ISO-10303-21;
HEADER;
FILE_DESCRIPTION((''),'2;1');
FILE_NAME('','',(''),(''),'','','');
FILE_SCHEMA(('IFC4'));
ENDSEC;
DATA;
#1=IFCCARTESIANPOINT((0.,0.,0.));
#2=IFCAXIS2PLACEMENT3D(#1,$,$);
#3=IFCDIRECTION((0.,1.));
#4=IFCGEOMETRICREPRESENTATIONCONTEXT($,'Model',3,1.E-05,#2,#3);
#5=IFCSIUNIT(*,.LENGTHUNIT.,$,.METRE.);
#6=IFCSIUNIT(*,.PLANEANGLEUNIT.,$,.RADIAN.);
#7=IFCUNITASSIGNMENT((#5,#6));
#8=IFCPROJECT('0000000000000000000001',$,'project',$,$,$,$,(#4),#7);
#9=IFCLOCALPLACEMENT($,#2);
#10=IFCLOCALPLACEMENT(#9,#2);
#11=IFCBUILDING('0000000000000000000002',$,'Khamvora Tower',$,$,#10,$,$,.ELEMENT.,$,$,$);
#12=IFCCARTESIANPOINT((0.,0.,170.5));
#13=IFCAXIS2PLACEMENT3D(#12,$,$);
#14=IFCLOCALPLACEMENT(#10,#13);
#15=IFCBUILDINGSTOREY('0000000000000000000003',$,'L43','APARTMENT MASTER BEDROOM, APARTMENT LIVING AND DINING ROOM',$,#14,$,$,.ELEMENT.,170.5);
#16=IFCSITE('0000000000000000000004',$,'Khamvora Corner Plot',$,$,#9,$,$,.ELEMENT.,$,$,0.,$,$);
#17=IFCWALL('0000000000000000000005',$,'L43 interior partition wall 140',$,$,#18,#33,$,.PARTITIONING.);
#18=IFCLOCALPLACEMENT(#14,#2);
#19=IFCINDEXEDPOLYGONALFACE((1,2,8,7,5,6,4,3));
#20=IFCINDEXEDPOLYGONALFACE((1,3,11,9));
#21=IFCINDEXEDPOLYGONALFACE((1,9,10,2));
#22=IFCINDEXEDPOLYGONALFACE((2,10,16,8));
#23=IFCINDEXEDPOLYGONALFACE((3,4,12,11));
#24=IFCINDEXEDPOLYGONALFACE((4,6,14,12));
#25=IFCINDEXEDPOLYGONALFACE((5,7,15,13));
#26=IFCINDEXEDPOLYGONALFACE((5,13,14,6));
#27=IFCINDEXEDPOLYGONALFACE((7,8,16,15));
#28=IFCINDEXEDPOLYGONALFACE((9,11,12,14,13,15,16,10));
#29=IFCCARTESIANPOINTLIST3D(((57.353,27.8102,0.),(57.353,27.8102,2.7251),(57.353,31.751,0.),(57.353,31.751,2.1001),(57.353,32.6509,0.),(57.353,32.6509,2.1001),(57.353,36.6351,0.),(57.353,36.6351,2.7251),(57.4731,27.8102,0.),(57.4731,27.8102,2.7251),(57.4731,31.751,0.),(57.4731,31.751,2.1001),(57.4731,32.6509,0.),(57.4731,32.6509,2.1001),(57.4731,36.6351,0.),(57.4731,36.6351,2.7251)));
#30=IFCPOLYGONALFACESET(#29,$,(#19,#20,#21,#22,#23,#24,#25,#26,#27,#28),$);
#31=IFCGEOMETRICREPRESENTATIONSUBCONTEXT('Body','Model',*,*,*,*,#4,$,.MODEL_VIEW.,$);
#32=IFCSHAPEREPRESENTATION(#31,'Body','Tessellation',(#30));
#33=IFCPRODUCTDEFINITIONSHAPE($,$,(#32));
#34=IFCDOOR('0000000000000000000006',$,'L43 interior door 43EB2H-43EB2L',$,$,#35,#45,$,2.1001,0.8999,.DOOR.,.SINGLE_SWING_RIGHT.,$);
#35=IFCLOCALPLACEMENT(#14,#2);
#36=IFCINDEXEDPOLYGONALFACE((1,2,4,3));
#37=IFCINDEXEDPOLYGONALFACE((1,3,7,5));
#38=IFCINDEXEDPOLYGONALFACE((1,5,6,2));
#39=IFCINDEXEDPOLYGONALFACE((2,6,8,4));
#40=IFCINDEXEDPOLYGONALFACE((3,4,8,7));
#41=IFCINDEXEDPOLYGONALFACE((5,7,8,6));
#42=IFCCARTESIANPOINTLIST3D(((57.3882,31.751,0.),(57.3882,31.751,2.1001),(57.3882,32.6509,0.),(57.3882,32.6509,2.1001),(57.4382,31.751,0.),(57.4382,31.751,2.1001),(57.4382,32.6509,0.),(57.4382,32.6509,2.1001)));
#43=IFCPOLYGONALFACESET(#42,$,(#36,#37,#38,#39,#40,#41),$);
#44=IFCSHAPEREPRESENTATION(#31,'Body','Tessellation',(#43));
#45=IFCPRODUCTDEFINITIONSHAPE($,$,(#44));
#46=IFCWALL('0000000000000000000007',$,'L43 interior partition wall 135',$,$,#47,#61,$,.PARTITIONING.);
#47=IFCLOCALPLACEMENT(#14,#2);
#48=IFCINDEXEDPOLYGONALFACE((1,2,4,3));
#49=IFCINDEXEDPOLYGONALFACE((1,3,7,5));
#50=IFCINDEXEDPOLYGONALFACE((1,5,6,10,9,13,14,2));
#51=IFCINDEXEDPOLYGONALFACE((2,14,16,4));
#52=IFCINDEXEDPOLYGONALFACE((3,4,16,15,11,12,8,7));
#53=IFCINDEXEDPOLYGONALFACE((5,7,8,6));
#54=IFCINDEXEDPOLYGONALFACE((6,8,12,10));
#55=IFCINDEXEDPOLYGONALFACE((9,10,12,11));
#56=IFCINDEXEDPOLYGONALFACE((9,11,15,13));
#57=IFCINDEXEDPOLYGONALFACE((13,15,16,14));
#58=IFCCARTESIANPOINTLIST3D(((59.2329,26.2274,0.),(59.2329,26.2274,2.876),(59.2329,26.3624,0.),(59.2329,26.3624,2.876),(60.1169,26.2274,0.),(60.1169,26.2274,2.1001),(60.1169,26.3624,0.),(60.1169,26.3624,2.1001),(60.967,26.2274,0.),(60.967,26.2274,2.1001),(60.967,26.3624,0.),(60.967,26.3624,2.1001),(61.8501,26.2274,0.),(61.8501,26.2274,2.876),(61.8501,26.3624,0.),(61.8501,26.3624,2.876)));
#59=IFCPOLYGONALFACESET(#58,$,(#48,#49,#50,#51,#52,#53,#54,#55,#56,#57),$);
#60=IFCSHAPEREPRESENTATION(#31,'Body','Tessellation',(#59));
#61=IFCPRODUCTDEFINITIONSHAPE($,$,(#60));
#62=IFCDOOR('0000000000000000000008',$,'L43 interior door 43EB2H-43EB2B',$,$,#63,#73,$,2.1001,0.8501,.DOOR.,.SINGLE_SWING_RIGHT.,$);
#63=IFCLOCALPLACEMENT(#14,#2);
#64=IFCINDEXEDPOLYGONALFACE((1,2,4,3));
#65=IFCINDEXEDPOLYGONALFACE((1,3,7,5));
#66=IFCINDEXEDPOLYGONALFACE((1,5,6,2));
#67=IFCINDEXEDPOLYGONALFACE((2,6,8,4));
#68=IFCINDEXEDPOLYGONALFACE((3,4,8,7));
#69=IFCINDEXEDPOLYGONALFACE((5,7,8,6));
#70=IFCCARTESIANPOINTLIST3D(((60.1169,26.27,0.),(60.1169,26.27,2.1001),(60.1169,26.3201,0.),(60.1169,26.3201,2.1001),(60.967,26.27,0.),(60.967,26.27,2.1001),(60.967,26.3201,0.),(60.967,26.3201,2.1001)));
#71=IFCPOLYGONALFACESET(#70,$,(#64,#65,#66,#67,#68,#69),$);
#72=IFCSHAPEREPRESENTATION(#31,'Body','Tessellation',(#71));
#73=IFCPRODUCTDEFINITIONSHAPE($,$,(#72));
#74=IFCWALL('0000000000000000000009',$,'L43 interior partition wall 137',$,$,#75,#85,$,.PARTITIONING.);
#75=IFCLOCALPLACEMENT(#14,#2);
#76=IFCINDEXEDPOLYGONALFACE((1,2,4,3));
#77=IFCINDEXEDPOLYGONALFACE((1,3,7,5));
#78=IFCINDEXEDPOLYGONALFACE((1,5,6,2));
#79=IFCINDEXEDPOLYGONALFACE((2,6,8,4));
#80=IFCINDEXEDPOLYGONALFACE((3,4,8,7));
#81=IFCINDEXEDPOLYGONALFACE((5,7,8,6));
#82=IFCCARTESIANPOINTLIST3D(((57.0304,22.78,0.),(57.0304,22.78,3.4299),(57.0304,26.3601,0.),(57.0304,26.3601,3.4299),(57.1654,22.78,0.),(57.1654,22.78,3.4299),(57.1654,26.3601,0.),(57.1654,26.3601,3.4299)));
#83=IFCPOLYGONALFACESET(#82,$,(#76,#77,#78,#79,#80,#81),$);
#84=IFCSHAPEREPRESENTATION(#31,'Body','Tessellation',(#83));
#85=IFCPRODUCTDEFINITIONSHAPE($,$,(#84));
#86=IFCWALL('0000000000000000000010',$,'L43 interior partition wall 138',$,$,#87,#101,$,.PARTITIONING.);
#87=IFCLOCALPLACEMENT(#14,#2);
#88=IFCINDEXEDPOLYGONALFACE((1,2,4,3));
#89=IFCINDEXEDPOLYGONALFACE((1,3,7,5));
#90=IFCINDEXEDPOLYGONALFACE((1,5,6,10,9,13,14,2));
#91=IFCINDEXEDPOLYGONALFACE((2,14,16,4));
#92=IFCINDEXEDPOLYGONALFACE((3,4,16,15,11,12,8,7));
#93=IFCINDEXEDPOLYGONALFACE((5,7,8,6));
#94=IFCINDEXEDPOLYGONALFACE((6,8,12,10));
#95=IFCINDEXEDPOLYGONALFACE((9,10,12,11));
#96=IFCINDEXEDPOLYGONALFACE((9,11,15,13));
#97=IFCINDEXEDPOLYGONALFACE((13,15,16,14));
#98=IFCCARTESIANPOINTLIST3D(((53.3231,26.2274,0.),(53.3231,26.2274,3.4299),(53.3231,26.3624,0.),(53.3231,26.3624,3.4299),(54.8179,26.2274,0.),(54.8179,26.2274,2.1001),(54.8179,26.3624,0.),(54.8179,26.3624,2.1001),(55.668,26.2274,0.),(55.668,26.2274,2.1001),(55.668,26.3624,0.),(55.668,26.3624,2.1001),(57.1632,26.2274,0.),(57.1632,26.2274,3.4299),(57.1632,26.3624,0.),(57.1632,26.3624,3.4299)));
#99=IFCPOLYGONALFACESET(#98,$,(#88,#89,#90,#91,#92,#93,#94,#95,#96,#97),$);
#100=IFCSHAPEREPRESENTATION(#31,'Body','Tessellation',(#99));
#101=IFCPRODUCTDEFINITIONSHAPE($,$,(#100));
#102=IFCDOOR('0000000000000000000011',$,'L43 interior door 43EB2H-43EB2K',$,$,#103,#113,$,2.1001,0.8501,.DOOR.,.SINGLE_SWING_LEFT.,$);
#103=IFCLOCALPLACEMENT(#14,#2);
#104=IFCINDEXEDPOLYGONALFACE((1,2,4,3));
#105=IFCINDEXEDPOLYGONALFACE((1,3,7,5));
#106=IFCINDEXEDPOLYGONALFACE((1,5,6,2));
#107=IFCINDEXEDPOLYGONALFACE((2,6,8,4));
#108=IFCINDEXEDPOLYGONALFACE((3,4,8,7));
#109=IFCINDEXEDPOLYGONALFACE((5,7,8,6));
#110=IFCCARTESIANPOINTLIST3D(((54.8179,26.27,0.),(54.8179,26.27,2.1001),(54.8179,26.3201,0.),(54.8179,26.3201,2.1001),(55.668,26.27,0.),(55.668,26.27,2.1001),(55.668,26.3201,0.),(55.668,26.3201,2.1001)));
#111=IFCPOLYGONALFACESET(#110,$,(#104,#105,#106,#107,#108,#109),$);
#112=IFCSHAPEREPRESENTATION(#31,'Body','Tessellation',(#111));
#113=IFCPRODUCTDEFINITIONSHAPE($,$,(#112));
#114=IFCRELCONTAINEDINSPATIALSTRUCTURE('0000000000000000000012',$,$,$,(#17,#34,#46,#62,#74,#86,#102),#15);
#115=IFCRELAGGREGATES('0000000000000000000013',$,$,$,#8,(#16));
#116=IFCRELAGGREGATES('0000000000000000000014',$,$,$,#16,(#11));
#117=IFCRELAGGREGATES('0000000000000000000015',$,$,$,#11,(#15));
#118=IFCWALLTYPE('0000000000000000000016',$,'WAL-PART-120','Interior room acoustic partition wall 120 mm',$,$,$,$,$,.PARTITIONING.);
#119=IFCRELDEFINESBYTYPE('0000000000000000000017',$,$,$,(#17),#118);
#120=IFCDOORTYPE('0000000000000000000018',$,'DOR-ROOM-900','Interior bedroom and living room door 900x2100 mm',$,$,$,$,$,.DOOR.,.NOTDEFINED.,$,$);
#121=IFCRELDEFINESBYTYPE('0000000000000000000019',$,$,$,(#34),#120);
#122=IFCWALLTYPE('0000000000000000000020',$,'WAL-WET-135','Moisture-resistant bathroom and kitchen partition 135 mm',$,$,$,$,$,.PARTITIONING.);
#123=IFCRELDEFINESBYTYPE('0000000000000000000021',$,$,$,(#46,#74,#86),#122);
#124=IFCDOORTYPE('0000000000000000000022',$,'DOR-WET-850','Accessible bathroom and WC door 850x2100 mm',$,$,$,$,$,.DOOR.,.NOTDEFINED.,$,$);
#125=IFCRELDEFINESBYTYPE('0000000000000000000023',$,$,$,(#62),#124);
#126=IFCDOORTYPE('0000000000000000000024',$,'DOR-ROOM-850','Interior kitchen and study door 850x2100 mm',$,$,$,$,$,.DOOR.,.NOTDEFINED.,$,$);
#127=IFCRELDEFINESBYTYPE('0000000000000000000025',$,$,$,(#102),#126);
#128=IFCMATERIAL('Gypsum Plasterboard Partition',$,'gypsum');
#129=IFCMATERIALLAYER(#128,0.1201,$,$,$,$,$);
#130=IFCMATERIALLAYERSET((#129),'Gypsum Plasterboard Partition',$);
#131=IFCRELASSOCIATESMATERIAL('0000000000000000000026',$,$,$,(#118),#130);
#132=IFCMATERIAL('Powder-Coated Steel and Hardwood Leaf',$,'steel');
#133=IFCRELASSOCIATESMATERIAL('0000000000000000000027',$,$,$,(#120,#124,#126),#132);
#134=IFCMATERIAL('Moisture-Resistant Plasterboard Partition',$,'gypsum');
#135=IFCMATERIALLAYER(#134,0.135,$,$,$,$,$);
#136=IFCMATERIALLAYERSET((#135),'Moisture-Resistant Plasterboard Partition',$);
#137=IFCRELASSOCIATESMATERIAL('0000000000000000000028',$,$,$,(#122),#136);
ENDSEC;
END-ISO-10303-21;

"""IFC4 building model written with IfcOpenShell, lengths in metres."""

from ifc_helpers import new_model, si_unit, direction, frame, frame_2d, origin, place, context, subcontext, project, spatial, rectangle, extrude, material, layer, layer_set, type_object, element, fill, save


model = new_model("IFC4")

# Units and contexts
model_context = context("Model", 3, precision=1e-05, world=origin(), true_north=direction((0.0, 1.0)))
body_context = subcontext(model_context, "Body", "Model", "MODEL_VIEW")
ifc_project = project(units=[si_unit("LENGTHUNIT", "METRE"), si_unit("PLANEANGLEUNIT", "RADIAN")], contexts=[model_context])

# Site, building, storey
site_placement = place(None, origin())
site = spatial("IfcSite", under=ifc_project, at=site_placement, Name="Khamvora Corner Plot", CompositionType="ELEMENT", RefElevation=0.0)
building_placement = place(site_placement, origin())
building = spatial("IfcBuilding", under=site, at=building_placement, Name="Khamvora Tower", CompositionType="ELEMENT")
storey_placement = place(building_placement, frame((0.0, 0.0, 170.5)))
storey = spatial("IfcBuildingStorey", under=building, at=storey_placement, Name="L43", Description="APARTMENT MASTER BEDROOM, APARTMENT LIVING AND DINING ROOM", CompositionType="ELEMENT", Elevation=170.5)

# Shared definitions
ifc_material_1 = material(Name="Powder-Coated Steel and Hardwood Leaf", Category="steel")

# Walls, openings, doors
ifc_material_2 = material(Name="Gypsum Plasterboard Partition", Category="gypsum")
ifc_layer_1 = layer(ifc_material_2, 0.1201)
ifc_layer_set_1 = layer_set([ifc_layer_1], Name="Gypsum Plasterboard Partition")
wall_type_1 = type_object("IfcWallType", Name="WAL-PART-120", Description="Interior room acoustic partition wall 120 mm", PredefinedType="PARTITIONING", material=ifc_layer_set_1)
wall_1_placement = place(storey_placement, frame((57.4131, 27.8101, 0.0), z_axis=(0.0, 0.0, 1.0), x_axis=(0.0, 1.0, 0.0)))
wall_1 = element("IfcWall", 1, at=wall_1_placement, inside=storey, type_object=wall_type_1, Name="L43 interior partition wall 140", PredefinedType="PARTITIONING", context=body_context, shape_type="SweptSolid", body=[
    extrude(rectangle(XDim=8.825, YDim=0.1201, at=frame_2d((4.4126, 0.0))), origin(), (0.0, 0.0, 1.0), 2.7251),
])
opening_1_placement = place(wall_1_placement, frame((3.9409, 0.0, 0.0)))
opening_1 = element("IfcOpeningElement", 2, at=opening_1_placement, cuts=wall_1, PredefinedType="OPENING", context=body_context, shape_type="SweptSolid", body=[
    extrude(rectangle(XDim=0.8999, YDim=2.1001, at=frame_2d((0.45, 1.05))), frame((0.0, 0.0701, 0.0), z_axis=(0.0, -1.0, 0.0), x_axis=(1.0, 0.0, 0.0)), (0.0, 0.0, 1.0), 0.1401),
])
door_type_1 = type_object("IfcDoorType", Name="DOR-ROOM-900", Description="Interior bedroom and living room door 900x2100 mm", OperationType="NOTDEFINED", PredefinedType="DOOR", material=ifc_material_1)
door_1_placement = place(opening_1_placement, origin())
door_1 = element("IfcDoor", 3, at=door_1_placement, inside=storey, type_object=door_type_1, Name="L43 interior door 43EB2H-43EB2L", OperationType="SINGLE_SWING_RIGHT", OverallHeight=2.1001, OverallWidth=0.8999, PredefinedType="DOOR", context=body_context, shape_type="SweptSolid", body=[
    extrude(rectangle(XDim=0.8999, YDim=2.1001, at=frame_2d((0.45, 1.05))), frame((0.0, 0.0249, 0.0), z_axis=(0.0, -1.0, 0.0), x_axis=(1.0, 0.0, 0.0)), (0.0, 0.0, 1.0), 0.05),
])
fill(opening_1, door_1)
ifc_material_3 = material(Name="Moisture-Resistant Plasterboard Partition", Category="gypsum")
ifc_layer_2 = layer(ifc_material_3, 0.135)
ifc_layer_set_2 = layer_set([ifc_layer_2], Name="Moisture-Resistant Plasterboard Partition")
wall_type_2 = type_object("IfcWallType", Name="WAL-WET-135", Description="Moisture-resistant bathroom and kitchen partition 135 mm", PredefinedType="PARTITIONING", material=ifc_layer_set_2)
wall_2_placement = place(storey_placement, frame((61.8501, 26.2949, 0.0), z_axis=(0.0, 0.0, 1.0), x_axis=(-1.0, 0.0, 0.0)))
wall_2 = element("IfcWall", 4, at=wall_2_placement, inside=storey, type_object=wall_type_2, Name="L43 interior partition wall 135", PredefinedType="PARTITIONING", context=body_context, shape_type="SweptSolid", body=[
    extrude(rectangle(XDim=2.6172, YDim=0.135, at=frame_2d((1.3086, 0.0))), origin(), (0.0, 0.0, 1.0), 2.876),
])
opening_2_placement = place(wall_2_placement, frame((0.8831, 0.0, 0.0)))
opening_2 = element("IfcOpeningElement", 5, at=opening_2_placement, cuts=wall_2, PredefinedType="OPENING", context=body_context, shape_type="SweptSolid", body=[
    extrude(rectangle(XDim=0.8501, YDim=2.1001, at=frame_2d((0.425, 1.05))), frame((0.0, 0.0774, 0.0), z_axis=(0.0, -1.0, 0.0), x_axis=(1.0, 0.0, 0.0)), (0.0, 0.0, 1.0), 0.155),
])
door_type_2 = type_object("IfcDoorType", Name="DOR-WET-850", Description="Accessible bathroom and WC door 850x2100 mm", OperationType="NOTDEFINED", PredefinedType="DOOR", material=ifc_material_1)
door_2_placement = place(opening_2_placement, origin())
door_2 = element("IfcDoor", 6, at=door_2_placement, inside=storey, type_object=door_type_2, Name="L43 interior door 43EB2H-43EB2B", OperationType="SINGLE_SWING_RIGHT", OverallHeight=2.1001, OverallWidth=0.8501, PredefinedType="DOOR", context=body_context, shape_type="SweptSolid", body=[
    extrude(rectangle(XDim=0.8501, YDim=2.1001, at=frame_2d((0.425, 1.05))), frame((0.0, 0.0249, 0.0), z_axis=(0.0, -1.0, 0.0), x_axis=(1.0, 0.0, 0.0)), (0.0, 0.0, 1.0), 0.05),
])
fill(opening_2, door_2)

# Wall
wall_3_placement = place(storey_placement, frame((57.0979, 22.78, 0.0), z_axis=(0.0, 0.0, 1.0), x_axis=(0.0, 1.0, 0.0)))
element("IfcWall", 7, at=wall_3_placement, inside=storey, type_object=wall_type_2, Name="L43 interior partition wall 137", PredefinedType="PARTITIONING", context=body_context, shape_type="SweptSolid", body=[
    extrude(rectangle(XDim=3.5801, YDim=0.135, at=frame_2d((1.79, 0.0))), origin(), (0.0, 0.0, 1.0), 3.4299),
])

# Wall, opening, door
wall_4_placement = place(storey_placement, frame((57.1631, 26.2949, 0.0), z_axis=(0.0, 0.0, 1.0), x_axis=(-1.0, 0.0, 0.0)))
wall_4 = element("IfcWall", 8, at=wall_4_placement, inside=storey, type_object=wall_type_2, Name="L43 interior partition wall 138", PredefinedType="PARTITIONING", context=body_context, shape_type="SweptSolid", body=[
    extrude(rectangle(XDim=3.8401, YDim=0.135, at=frame_2d((1.9199, 0.0))), origin(), (0.0, 0.0, 1.0), 3.4299),
])
opening_3_placement = place(wall_4_placement, frame((1.4951, 0.0, 0.0)))
opening_3 = element("IfcOpeningElement", 9, at=opening_3_placement, cuts=wall_4, PredefinedType="OPENING", context=body_context, shape_type="SweptSolid", body=[
    extrude(rectangle(XDim=0.8501, YDim=2.1001, at=frame_2d((0.425, 1.05))), frame((0.0, 0.0774, 0.0), z_axis=(0.0, -1.0, 0.0), x_axis=(1.0, 0.0, 0.0)), (0.0, 0.0, 1.0), 0.155),
])
door_type_3 = type_object("IfcDoorType", Name="DOR-ROOM-850", Description="Interior kitchen and study door 850x2100 mm", OperationType="NOTDEFINED", PredefinedType="DOOR", material=ifc_material_1)
door_3_placement = place(opening_3_placement, origin())
door_3 = element("IfcDoor", 10, at=door_3_placement, inside=storey, type_object=door_type_3, Name="L43 interior door 43EB2H-43EB2K", OperationType="SINGLE_SWING_LEFT", OverallHeight=2.1001, OverallWidth=0.8501, PredefinedType="DOOR", context=body_context, shape_type="SweptSolid", body=[
    extrude(rectangle(XDim=0.8501, YDim=2.1001, at=frame_2d((0.425, 1.05))), frame((0.0, 0.0249, 0.0), z_axis=(0.0, -1.0, 0.0), x_axis=(1.0, 0.0, 0.0)), (0.0, 0.0, 1.0), 0.05),
])
fill(opening_3, door_3)

save(model, "model.ifc")
